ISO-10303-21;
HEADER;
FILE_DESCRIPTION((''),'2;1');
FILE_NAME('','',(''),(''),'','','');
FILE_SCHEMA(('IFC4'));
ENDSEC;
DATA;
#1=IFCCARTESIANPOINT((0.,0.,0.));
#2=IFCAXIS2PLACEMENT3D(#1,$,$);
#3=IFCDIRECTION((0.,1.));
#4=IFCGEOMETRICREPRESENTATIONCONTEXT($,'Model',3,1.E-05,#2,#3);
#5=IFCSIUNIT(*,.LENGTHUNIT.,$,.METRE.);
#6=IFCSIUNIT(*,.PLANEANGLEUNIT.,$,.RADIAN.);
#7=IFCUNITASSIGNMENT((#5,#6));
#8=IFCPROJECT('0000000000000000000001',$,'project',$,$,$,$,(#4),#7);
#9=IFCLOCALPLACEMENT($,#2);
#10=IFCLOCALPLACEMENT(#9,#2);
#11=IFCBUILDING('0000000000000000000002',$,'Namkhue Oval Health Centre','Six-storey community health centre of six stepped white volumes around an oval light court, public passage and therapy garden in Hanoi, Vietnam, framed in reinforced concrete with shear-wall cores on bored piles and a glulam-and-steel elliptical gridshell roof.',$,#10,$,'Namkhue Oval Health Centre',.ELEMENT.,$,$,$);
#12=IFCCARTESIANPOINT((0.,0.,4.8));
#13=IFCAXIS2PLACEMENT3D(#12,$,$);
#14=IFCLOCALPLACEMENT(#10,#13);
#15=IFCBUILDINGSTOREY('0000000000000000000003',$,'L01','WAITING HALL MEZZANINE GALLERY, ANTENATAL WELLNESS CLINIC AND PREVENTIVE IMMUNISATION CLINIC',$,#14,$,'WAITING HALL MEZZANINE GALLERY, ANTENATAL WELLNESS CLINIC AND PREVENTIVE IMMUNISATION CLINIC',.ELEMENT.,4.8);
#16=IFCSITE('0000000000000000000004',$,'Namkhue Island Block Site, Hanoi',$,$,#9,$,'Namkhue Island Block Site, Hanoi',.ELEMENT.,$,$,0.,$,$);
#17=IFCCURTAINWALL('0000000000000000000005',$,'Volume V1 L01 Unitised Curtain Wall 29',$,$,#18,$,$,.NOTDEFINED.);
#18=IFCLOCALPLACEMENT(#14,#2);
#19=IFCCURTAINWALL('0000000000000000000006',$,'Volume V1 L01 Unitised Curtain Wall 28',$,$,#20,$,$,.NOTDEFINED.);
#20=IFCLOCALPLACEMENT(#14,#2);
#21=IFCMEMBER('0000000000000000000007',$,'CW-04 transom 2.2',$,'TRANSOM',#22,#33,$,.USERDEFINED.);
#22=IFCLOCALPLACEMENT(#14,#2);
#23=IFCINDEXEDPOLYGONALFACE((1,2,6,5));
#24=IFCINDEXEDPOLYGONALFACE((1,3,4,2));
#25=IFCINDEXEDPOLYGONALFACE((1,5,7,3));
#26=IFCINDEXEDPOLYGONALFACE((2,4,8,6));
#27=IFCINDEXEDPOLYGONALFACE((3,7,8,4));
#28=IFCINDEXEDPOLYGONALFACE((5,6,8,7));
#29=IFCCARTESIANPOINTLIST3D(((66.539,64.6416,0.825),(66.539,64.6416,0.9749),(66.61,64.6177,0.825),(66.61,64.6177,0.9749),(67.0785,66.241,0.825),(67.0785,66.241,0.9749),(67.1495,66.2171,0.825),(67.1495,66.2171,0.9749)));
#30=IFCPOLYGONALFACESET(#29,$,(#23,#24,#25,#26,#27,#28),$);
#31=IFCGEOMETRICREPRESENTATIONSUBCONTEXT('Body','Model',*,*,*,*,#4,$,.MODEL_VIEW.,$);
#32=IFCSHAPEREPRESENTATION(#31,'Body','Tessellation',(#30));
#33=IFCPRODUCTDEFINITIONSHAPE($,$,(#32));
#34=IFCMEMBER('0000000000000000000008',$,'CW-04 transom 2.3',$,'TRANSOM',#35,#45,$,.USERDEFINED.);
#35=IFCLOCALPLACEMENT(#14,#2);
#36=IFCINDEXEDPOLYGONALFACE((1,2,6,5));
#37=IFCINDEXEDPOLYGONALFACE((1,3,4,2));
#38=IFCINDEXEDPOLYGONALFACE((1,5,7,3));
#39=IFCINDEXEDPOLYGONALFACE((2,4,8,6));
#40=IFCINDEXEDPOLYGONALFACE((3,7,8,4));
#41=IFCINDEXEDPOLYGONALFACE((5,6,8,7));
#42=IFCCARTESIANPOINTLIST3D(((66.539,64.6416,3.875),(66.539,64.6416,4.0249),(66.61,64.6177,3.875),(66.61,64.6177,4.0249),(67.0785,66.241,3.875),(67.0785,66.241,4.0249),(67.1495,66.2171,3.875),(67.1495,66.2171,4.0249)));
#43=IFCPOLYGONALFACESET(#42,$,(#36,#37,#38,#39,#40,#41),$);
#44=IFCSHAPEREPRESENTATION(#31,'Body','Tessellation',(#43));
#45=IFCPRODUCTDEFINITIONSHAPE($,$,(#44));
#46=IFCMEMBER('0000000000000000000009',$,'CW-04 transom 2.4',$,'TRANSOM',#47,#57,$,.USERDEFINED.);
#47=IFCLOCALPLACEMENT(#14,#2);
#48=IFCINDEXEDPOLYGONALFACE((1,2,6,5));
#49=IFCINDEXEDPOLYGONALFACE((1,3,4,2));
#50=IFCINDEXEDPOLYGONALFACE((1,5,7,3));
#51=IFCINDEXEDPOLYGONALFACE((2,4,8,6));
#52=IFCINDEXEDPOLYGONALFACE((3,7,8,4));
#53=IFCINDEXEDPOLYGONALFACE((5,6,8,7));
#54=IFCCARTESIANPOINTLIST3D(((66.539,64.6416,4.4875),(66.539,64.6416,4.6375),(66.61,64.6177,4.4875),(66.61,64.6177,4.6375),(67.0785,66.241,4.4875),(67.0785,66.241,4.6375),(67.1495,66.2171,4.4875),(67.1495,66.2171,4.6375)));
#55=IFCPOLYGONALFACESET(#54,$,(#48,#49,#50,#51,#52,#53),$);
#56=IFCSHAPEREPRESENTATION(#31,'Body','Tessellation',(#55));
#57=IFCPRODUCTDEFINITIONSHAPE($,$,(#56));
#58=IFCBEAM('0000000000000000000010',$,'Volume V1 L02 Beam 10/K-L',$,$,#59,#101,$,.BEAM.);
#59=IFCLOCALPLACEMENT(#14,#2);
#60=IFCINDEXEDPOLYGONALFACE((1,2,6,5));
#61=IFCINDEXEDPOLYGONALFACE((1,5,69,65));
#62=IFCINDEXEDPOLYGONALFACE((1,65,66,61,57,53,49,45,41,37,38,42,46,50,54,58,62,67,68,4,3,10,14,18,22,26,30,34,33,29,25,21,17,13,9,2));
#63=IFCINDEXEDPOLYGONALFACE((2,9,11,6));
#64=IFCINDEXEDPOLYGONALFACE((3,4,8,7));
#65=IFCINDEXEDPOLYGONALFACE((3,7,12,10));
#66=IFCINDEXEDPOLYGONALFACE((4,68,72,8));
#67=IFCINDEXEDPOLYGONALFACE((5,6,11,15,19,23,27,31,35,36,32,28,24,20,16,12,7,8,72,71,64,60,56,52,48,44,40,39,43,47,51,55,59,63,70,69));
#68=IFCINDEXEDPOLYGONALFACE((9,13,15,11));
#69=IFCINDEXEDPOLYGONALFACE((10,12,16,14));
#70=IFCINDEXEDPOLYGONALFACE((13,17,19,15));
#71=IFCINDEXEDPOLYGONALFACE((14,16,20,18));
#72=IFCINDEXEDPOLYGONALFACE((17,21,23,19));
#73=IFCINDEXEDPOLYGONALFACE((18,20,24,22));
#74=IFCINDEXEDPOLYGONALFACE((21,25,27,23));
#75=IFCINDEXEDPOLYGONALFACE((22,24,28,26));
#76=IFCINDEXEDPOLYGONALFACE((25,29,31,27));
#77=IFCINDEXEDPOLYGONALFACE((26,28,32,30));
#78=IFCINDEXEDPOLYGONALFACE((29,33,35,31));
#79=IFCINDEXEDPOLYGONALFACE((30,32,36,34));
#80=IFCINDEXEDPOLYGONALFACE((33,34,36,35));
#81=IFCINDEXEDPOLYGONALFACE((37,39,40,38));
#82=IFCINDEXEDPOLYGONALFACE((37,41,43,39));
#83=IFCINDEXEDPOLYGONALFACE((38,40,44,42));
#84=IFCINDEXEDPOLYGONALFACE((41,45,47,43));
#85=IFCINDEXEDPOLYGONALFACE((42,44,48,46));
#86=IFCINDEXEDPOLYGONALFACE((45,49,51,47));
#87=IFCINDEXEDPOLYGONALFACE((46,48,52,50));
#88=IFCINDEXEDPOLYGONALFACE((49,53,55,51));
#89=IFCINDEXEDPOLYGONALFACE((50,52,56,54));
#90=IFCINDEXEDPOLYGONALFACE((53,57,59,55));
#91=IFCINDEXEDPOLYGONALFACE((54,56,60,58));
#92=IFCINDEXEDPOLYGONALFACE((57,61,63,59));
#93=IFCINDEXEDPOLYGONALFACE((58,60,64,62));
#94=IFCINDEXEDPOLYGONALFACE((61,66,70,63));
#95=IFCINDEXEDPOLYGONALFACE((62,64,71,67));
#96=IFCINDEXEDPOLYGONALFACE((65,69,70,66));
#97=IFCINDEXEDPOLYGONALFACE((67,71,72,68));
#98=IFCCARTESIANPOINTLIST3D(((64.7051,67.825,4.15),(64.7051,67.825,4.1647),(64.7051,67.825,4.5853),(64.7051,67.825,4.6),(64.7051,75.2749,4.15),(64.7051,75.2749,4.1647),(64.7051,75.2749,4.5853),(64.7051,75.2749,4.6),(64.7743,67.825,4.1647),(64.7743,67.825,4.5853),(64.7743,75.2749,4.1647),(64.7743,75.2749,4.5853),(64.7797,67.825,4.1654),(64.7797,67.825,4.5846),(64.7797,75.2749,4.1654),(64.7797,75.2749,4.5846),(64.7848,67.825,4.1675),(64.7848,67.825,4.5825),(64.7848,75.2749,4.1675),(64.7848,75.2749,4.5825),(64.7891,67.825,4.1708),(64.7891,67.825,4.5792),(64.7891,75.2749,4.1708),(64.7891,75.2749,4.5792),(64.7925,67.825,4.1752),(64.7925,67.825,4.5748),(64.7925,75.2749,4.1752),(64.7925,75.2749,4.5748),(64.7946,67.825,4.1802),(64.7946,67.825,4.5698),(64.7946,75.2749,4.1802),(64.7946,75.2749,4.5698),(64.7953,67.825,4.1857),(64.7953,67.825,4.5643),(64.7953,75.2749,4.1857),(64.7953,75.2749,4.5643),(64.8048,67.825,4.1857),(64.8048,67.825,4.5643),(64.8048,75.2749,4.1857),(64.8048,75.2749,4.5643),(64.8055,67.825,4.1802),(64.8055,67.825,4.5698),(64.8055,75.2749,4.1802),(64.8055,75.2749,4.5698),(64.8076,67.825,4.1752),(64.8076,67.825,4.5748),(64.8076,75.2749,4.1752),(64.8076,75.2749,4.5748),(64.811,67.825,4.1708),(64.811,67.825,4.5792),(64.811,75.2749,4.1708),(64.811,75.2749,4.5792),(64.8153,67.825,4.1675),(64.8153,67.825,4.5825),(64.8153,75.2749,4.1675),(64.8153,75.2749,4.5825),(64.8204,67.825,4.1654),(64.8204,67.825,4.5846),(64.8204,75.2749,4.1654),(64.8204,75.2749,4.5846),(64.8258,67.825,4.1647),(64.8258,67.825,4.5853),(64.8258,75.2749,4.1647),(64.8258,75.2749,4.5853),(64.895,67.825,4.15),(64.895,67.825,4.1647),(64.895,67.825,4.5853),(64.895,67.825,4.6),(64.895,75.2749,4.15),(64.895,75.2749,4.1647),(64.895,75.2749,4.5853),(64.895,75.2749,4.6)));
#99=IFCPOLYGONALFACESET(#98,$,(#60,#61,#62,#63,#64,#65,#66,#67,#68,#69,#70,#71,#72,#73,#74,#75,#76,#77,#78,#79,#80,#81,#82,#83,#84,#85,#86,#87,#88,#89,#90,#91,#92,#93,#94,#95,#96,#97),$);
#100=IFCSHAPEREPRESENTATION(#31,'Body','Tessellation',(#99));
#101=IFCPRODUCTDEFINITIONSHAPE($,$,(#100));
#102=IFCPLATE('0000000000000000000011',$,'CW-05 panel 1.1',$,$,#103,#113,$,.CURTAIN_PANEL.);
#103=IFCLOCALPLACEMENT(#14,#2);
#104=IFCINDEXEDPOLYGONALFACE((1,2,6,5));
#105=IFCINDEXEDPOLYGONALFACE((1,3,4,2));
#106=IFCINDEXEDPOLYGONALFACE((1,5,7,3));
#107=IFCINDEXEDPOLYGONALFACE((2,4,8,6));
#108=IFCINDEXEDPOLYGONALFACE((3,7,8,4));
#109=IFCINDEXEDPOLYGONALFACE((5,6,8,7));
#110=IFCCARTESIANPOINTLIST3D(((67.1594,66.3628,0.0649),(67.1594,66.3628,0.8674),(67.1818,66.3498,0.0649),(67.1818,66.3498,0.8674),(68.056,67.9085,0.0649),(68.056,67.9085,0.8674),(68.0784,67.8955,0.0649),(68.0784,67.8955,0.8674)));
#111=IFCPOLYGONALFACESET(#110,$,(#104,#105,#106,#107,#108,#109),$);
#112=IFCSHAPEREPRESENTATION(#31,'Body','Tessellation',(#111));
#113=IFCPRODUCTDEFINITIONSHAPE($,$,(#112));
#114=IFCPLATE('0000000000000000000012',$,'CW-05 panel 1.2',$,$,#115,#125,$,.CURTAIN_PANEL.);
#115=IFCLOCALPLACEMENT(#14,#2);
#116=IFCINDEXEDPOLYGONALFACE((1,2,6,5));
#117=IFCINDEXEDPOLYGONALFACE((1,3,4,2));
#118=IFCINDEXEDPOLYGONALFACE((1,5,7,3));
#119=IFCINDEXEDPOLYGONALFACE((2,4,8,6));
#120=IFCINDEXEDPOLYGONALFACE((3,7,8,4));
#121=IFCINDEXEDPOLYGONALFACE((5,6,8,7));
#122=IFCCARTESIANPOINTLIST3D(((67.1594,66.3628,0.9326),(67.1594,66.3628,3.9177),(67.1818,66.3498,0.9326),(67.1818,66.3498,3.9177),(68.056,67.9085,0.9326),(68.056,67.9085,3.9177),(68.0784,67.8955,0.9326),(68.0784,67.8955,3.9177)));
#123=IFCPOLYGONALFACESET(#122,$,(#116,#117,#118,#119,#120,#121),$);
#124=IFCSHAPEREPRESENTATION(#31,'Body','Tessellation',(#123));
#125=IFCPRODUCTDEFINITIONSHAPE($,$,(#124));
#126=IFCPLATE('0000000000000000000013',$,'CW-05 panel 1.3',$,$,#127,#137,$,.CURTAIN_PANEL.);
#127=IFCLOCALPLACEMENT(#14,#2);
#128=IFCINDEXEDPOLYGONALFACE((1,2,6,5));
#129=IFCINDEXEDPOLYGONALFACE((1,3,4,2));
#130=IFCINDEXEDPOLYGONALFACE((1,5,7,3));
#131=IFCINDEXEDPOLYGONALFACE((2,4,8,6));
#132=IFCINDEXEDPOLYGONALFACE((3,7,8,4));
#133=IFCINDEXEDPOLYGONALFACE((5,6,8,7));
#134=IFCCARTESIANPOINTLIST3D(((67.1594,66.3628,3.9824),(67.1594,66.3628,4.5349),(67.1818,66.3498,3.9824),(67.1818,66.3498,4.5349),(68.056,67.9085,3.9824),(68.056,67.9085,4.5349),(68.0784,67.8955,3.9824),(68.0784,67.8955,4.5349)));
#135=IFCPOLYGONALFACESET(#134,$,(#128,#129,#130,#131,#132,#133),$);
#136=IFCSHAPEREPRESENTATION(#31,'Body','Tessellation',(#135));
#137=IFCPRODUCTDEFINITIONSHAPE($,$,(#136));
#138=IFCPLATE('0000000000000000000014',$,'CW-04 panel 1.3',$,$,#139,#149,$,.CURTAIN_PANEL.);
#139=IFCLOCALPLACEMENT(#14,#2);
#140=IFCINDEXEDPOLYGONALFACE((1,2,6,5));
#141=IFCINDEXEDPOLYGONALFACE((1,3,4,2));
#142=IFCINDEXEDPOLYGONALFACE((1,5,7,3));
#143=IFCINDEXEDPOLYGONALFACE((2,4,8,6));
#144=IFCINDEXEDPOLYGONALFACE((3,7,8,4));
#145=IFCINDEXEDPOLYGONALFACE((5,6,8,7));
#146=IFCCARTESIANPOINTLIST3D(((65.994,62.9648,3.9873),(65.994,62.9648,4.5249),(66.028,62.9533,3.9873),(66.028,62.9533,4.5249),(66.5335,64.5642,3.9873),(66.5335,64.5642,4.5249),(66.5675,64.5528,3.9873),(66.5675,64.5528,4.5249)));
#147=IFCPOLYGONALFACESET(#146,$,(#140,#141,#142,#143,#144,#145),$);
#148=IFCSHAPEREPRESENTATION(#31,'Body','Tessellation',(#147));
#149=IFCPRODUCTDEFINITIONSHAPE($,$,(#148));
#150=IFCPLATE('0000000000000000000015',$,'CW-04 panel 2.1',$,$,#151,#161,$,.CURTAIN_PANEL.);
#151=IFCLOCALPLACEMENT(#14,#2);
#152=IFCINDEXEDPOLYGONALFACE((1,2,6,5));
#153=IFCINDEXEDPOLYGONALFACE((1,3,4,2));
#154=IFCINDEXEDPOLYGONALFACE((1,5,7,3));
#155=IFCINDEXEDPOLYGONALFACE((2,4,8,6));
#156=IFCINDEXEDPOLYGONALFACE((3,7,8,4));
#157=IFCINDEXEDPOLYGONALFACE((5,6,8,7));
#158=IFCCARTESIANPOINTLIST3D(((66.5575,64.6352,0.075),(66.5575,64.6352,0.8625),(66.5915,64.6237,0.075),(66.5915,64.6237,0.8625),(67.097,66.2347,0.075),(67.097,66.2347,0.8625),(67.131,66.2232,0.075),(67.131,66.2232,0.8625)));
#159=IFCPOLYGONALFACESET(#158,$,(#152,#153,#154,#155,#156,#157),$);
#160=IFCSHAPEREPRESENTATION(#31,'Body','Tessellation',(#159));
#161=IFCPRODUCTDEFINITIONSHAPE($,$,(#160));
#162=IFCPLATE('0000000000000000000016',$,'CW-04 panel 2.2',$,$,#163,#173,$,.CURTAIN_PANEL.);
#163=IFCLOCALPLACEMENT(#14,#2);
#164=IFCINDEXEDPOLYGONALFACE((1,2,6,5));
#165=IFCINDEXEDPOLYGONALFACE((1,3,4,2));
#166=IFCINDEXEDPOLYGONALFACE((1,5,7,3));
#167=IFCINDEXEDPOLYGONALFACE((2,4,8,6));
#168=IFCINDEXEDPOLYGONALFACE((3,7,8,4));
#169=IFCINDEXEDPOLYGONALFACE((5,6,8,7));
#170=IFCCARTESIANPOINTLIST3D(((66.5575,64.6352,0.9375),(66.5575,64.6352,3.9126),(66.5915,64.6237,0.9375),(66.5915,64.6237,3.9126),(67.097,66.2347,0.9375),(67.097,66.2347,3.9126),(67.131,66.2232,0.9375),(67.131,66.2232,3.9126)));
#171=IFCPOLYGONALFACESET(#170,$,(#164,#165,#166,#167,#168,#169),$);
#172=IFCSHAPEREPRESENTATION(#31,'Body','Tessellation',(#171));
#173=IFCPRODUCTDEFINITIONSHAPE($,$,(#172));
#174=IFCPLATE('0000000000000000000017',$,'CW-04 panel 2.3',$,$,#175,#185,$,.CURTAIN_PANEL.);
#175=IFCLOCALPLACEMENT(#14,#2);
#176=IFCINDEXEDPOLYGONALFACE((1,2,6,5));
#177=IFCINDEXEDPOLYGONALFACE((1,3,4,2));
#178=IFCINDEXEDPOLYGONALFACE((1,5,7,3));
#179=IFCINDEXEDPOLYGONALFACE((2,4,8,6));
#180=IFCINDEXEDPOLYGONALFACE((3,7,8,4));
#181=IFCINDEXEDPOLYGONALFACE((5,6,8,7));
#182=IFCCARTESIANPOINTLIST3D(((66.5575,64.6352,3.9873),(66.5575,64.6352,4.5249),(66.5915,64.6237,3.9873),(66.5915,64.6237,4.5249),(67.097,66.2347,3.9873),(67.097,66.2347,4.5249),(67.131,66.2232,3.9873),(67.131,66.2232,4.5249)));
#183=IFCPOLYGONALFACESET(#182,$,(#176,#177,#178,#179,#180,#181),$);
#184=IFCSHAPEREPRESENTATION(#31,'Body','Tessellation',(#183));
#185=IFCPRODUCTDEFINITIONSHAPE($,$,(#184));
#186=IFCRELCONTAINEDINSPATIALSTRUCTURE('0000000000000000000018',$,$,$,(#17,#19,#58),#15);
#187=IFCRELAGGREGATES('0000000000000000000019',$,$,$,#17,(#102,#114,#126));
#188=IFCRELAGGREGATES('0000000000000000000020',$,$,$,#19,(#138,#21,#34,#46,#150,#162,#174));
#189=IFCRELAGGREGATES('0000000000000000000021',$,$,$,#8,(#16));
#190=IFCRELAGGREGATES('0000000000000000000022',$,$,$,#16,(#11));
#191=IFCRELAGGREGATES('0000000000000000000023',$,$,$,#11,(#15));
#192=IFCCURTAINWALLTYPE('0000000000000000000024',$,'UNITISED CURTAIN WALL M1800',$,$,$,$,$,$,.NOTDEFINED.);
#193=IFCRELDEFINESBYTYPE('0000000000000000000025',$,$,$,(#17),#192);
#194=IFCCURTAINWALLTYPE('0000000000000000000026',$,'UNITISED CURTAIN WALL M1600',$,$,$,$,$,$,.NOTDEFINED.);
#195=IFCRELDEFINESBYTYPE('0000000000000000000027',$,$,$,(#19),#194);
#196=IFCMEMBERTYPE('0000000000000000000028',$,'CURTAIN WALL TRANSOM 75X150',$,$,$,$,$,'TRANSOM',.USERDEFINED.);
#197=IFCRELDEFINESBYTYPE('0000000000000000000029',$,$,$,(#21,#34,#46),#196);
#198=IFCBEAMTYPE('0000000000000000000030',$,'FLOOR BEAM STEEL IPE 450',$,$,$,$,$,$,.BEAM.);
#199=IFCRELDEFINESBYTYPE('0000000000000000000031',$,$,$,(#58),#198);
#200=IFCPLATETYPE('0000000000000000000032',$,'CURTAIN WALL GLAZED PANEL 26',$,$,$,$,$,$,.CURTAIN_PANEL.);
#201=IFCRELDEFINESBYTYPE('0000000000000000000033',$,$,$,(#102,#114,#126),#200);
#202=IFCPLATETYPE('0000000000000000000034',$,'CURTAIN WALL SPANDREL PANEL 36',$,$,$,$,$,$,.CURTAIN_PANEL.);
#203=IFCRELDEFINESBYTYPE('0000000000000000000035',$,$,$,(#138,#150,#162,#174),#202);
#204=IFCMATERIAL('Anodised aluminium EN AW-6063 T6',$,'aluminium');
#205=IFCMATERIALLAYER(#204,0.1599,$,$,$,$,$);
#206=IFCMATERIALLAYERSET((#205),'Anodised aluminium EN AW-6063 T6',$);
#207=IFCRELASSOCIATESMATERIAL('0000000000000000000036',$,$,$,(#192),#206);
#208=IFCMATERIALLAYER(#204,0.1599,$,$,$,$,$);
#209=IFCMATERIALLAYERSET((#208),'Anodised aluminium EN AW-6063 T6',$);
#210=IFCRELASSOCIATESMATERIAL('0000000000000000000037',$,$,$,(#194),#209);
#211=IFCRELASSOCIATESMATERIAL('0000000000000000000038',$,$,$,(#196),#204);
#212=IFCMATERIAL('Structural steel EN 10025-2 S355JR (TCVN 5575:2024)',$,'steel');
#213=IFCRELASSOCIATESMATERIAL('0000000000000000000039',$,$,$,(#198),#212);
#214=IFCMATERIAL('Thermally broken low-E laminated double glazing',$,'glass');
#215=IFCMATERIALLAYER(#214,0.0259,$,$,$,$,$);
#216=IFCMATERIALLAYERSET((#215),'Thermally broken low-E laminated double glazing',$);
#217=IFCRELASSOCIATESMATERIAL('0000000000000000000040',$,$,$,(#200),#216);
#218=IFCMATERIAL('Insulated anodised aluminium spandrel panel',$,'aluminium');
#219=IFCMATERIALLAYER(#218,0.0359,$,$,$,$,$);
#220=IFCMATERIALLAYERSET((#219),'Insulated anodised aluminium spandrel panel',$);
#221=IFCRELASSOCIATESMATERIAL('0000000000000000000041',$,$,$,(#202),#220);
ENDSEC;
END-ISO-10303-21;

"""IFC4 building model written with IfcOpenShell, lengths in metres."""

from ifc_helpers import new_model, si_unit, direction, frame, origin, origin_2d, place, context, subcontext, project, spatial, rectangle, i_section, extrude, material, layer, layer_set, material_profile, profile_set, type_object, element, aggregate, save


model = new_model("IFC4")

# Units and contexts
model_context = context("Model", 3, precision=1e-05, world=origin(), true_north=direction((0.0, 1.0)))
body_context = subcontext(model_context, "Body", "Model", "MODEL_VIEW")
ifc_project = project(units=[si_unit("LENGTHUNIT", "METRE"), si_unit("PLANEANGLEUNIT", "RADIAN")], contexts=[model_context])

# Site, building, storey
site_placement = place(None, origin())
site = spatial("IfcSite", under=ifc_project, at=site_placement, Name="Namkhue Island Block Site, Hanoi", LongName="Namkhue Island Block Site, Hanoi", CompositionType="ELEMENT", RefElevation=0.0)
building_placement = place(site_placement, origin())
building = spatial("IfcBuilding", under=site, at=building_placement, Name="Namkhue Oval Health Centre", Description="Six-storey community health centre of six stepped white volumes around an oval light court, public passage and therapy garden in Hanoi, Vietnam, framed in reinforced concrete with shear-wall cores on bored piles and a glulam-and-steel elliptical gridshell roof.", LongName="Namkhue Oval Health Centre", CompositionType="ELEMENT")
storey_placement = place(building_placement, frame((0.0, 0.0, 4.8)))
storey = spatial("IfcBuildingStorey", under=building, at=storey_placement, Name="L01", Description="WAITING HALL MEZZANINE GALLERY, ANTENATAL WELLNESS CLINIC AND PREVENTIVE IMMUNISATION CLINIC", LongName="WAITING HALL MEZZANINE GALLERY, ANTENATAL WELLNESS CLINIC AND PREVENTIVE IMMUNISATION CLINIC", CompositionType="ELEMENT", Elevation=4.8)

# Curtain wall
ifc_material_1 = material(Name="Anodised aluminium EN AW-6063 T6", Category="aluminium")
ifc_layer_1 = layer(ifc_material_1, 0.1599)
ifc_layer_set_1 = layer_set([ifc_layer_1], Name="Anodised aluminium EN AW-6063 T6")
curtain_wall_type_1 = type_object("IfcCurtainWallType", Name="UNITISED CURTAIN WALL M1800", PredefinedType="NOTDEFINED", material=ifc_layer_set_1)
curtain_wall_1_placement = place(storey_placement, origin())
curtain_wall_1 = element("IfcCurtainWall", 1, at=curtain_wall_1_placement, inside=storey, type_object=curtain_wall_type_1, Name="Volume V1 L01 Unitised Curtain Wall 29", PredefinedType="NOTDEFINED")

# Curtain wall
ifc_layer_2 = layer(ifc_material_1, 0.1599)
ifc_layer_set_2 = layer_set([ifc_layer_2], Name="Anodised aluminium EN AW-6063 T6")
curtain_wall_type_2 = type_object("IfcCurtainWallType", Name="UNITISED CURTAIN WALL M1600", PredefinedType="NOTDEFINED", material=ifc_layer_set_2)
curtain_wall_2_placement = place(storey_placement, origin())
curtain_wall_2 = element("IfcCurtainWall", 2, at=curtain_wall_2_placement, inside=storey, type_object=curtain_wall_type_2, Name="Volume V1 L01 Unitised Curtain Wall 28", PredefinedType="NOTDEFINED")

# Members
ifc_material_profile_1 = material_profile(ifc_material_1, rectangle(XDim=0.075, YDim=0.1499, at=origin_2d()), Name="ALU 75x150")
ifc_profile_set_1 = profile_set([ifc_material_profile_1], Name="Anodised aluminium EN AW-6063 T6")
member_type_1 = type_object("IfcMemberType", Name="CURTAIN WALL TRANSOM 75X150", ElementType="TRANSOM", PredefinedType="USERDEFINED", material=ifc_profile_set_1)
member_1_placement = place(storey_placement, frame((66.5745, 64.6296, 0.8999), z_axis=(0.319654, 0.947534, 0.0), x_axis=(-0.947534, 0.319654, 0.0)))
member_1 = element("IfcMember", 3, at=member_1_placement, type_object=member_type_1, Name="CW-04 transom 2.2", ObjectType="TRANSOM", PredefinedType="USERDEFINED", context=body_context, shape_type="SweptSolid", body=[
    extrude(rectangle(XDim=0.075, YDim=0.1499, at=origin_2d()), origin(), (0.0, 0.0, 1.0), 1.688),
])
member_2_placement = place(storey_placement, frame((66.5745, 64.6296, 3.95), z_axis=(0.319654, 0.947534, 0.0), x_axis=(-0.947534, 0.319654, 0.0)))
member_2 = element("IfcMember", 4, at=member_2_placement, type_object=member_type_1, Name="CW-04 transom 2.3", ObjectType="TRANSOM", PredefinedType="USERDEFINED", context=body_context, shape_type="SweptSolid", body=[
    extrude(rectangle(XDim=0.075, YDim=0.1499, at=origin_2d()), origin(), (0.0, 0.0, 1.0), 1.688),
])
member_3_placement = place(storey_placement, frame((66.5745, 64.6296, 4.5625), z_axis=(0.319654, 0.947534, 0.0), x_axis=(-0.947534, 0.319654, 0.0)))
member_3 = element("IfcMember", 5, at=member_3_placement, type_object=member_type_1, Name="CW-04 transom 2.4", ObjectType="TRANSOM", PredefinedType="USERDEFINED", context=body_context, shape_type="SweptSolid", body=[
    extrude(rectangle(XDim=0.075, YDim=0.1499, at=origin_2d()), origin(), (0.0, 0.0, 1.0), 1.688),
])

# Beam
ifc_material_2 = material(Name="Structural steel EN 10025-2 S355JR (TCVN 5575:2024)", Category="steel")
ifc_material_profile_2 = material_profile(ifc_material_2, i_section(OverallWidth=0.1899, OverallDepth=0.45, WebThickness=0.0095, FlangeThickness=0.0146, FilletRadius=0.021, at=origin_2d()), Name="IPE 450")
ifc_profile_set_2 = profile_set([ifc_material_profile_2], Name="Structural steel EN 10025-2 S355JR (TCVN 5575:2024)")
beam_type = type_object("IfcBeamType", Name="FLOOR BEAM STEEL IPE 450", PredefinedType="BEAM", material=ifc_profile_set_2)
beam_placement = place(storey_placement, frame((64.8, 67.825, 4.375), z_axis=(0.0, 1.0, 0.0), x_axis=(-1.0, 0.0, 0.0)))
element("IfcBeam", 6, at=beam_placement, inside=storey, type_object=beam_type, Name="Volume V1 L02 Beam 10/K-L", PredefinedType="BEAM", context=body_context, shape_type="SweptSolid", body=[
    extrude(i_section(OverallWidth=0.1899, OverallDepth=0.45, WebThickness=0.0095, FlangeThickness=0.0146, FilletRadius=0.021, at=origin_2d()), origin(), (0.0, 0.0, 1.0), 7.45),
])

# Plates
ifc_material_3 = material(Name="Thermally broken low-E laminated double glazing", Category="glass")
ifc_layer_3 = layer(ifc_material_3, 0.0259)
ifc_layer_set_3 = layer_set([ifc_layer_3], Name="Thermally broken low-E laminated double glazing")
plate_type_1 = type_object("IfcPlateType", Name="CURTAIN WALL GLAZED PANEL 26", PredefinedType="CURTAIN_PANEL", material=ifc_layer_set_3)
plate_1_placement = place(storey_placement, frame((67.6189, 67.1292, 0.0649), z_axis=(0.0, 0.0, 1.0), x_axis=(0.501758, 0.865008, 0.0)))
plate_1 = element("IfcPlate", 7, at=plate_1_placement, type_object=plate_type_1, Name="CW-05 panel 1.1", PredefinedType="CURTAIN_PANEL", context=body_context, shape_type="SweptSolid", body=[
    extrude(rectangle(XDim=1.7869, YDim=0.0259, at=origin_2d()), origin(), (0.0, 0.0, 1.0), 0.8025),
])
plate_2_placement = place(storey_placement, frame((67.6189, 67.1292, 0.9326), z_axis=(0.0, 0.0, 1.0), x_axis=(0.501758, 0.865008, 0.0)))
plate_2 = element("IfcPlate", 8, at=plate_2_placement, type_object=plate_type_1, Name="CW-05 panel 1.2", PredefinedType="CURTAIN_PANEL", context=body_context, shape_type="SweptSolid", body=[
    extrude(rectangle(XDim=1.7869, YDim=0.0259, at=origin_2d()), origin(), (0.0, 0.0, 1.0), 2.9851),
])
plate_3_placement = place(storey_placement, frame((67.6189, 67.1292, 3.9824), z_axis=(0.0, 0.0, 1.0), x_axis=(0.501758, 0.865008, 0.0)))
plate_3 = element("IfcPlate", 9, at=plate_3_placement, type_object=plate_type_1, Name="CW-05 panel 1.3", PredefinedType="CURTAIN_PANEL", context=body_context, shape_type="SweptSolid", body=[
    extrude(rectangle(XDim=1.7869, YDim=0.0259, at=origin_2d()), origin(), (0.0, 0.0, 1.0), 0.5525),
])
aggregate(curtain_wall_1, [plate_1, plate_2, plate_3])
ifc_material_4 = material(Name="Insulated anodised aluminium spandrel panel", Category="aluminium")
ifc_layer_4 = layer(ifc_material_4, 0.0359)
ifc_layer_set_4 = layer_set([ifc_layer_4], Name="Insulated anodised aluminium spandrel panel")
plate_type_2 = type_object("IfcPlateType", Name="CURTAIN WALL SPANDREL PANEL 36", PredefinedType="CURTAIN_PANEL", material=ifc_layer_set_4)
plate_4_placement = place(storey_placement, frame((66.2808, 63.7588, 3.9873), z_axis=(0.0, 0.0, 1.0), x_axis=(0.319642, 0.947539, 0.0)))
plate_4 = element("IfcPlate", 10, at=plate_4_placement, type_object=plate_type_2, Name="CW-04 panel 1.3", PredefinedType="CURTAIN_PANEL", context=body_context, shape_type="SweptSolid", body=[
    extrude(rectangle(XDim=1.688, YDim=0.0359, at=origin_2d()), origin(), (0.0, 0.0, 1.0), 0.5376),
])
plate_5_placement = place(storey_placement, frame((66.8442, 65.4292, 0.075), z_axis=(0.0, 0.0, 1.0), x_axis=(0.319642, 0.947539, 0.0)))
plate_5 = element("IfcPlate", 11, at=plate_5_placement, type_object=plate_type_2, Name="CW-04 panel 2.1", PredefinedType="CURTAIN_PANEL", context=body_context, shape_type="SweptSolid", body=[
    extrude(rectangle(XDim=1.688, YDim=0.0359, at=origin_2d()), origin(), (0.0, 0.0, 1.0), 0.7876),
])
plate_6_placement = place(storey_placement, frame((66.8442, 65.4292, 0.9375), z_axis=(0.0, 0.0, 1.0), x_axis=(0.319642, 0.947539, 0.0)))
plate_6 = element("IfcPlate", 12, at=plate_6_placement, type_object=plate_type_2, Name="CW-04 panel 2.2", PredefinedType="CURTAIN_PANEL", context=body_context, shape_type="SweptSolid", body=[
    extrude(rectangle(XDim=1.688, YDim=0.0359, at=origin_2d()), origin(), (0.0, 0.0, 1.0), 2.9751),
])
plate_7_placement = place(storey_placement, frame((66.8442, 65.4292, 3.9873), z_axis=(0.0, 0.0, 1.0), x_axis=(0.319642, 0.947539, 0.0)))
plate_7 = element("IfcPlate", 13, at=plate_7_placement, type_object=plate_type_2, Name="CW-04 panel 2.3", PredefinedType="CURTAIN_PANEL", context=body_context, shape_type="SweptSolid", body=[
    extrude(rectangle(XDim=1.688, YDim=0.0359, at=origin_2d()), origin(), (0.0, 0.0, 1.0), 0.5376),
])
aggregate(curtain_wall_2, [plate_4, member_1, member_2, member_3, plate_5, plate_6, plate_7])

save(model, "model.ifc")
